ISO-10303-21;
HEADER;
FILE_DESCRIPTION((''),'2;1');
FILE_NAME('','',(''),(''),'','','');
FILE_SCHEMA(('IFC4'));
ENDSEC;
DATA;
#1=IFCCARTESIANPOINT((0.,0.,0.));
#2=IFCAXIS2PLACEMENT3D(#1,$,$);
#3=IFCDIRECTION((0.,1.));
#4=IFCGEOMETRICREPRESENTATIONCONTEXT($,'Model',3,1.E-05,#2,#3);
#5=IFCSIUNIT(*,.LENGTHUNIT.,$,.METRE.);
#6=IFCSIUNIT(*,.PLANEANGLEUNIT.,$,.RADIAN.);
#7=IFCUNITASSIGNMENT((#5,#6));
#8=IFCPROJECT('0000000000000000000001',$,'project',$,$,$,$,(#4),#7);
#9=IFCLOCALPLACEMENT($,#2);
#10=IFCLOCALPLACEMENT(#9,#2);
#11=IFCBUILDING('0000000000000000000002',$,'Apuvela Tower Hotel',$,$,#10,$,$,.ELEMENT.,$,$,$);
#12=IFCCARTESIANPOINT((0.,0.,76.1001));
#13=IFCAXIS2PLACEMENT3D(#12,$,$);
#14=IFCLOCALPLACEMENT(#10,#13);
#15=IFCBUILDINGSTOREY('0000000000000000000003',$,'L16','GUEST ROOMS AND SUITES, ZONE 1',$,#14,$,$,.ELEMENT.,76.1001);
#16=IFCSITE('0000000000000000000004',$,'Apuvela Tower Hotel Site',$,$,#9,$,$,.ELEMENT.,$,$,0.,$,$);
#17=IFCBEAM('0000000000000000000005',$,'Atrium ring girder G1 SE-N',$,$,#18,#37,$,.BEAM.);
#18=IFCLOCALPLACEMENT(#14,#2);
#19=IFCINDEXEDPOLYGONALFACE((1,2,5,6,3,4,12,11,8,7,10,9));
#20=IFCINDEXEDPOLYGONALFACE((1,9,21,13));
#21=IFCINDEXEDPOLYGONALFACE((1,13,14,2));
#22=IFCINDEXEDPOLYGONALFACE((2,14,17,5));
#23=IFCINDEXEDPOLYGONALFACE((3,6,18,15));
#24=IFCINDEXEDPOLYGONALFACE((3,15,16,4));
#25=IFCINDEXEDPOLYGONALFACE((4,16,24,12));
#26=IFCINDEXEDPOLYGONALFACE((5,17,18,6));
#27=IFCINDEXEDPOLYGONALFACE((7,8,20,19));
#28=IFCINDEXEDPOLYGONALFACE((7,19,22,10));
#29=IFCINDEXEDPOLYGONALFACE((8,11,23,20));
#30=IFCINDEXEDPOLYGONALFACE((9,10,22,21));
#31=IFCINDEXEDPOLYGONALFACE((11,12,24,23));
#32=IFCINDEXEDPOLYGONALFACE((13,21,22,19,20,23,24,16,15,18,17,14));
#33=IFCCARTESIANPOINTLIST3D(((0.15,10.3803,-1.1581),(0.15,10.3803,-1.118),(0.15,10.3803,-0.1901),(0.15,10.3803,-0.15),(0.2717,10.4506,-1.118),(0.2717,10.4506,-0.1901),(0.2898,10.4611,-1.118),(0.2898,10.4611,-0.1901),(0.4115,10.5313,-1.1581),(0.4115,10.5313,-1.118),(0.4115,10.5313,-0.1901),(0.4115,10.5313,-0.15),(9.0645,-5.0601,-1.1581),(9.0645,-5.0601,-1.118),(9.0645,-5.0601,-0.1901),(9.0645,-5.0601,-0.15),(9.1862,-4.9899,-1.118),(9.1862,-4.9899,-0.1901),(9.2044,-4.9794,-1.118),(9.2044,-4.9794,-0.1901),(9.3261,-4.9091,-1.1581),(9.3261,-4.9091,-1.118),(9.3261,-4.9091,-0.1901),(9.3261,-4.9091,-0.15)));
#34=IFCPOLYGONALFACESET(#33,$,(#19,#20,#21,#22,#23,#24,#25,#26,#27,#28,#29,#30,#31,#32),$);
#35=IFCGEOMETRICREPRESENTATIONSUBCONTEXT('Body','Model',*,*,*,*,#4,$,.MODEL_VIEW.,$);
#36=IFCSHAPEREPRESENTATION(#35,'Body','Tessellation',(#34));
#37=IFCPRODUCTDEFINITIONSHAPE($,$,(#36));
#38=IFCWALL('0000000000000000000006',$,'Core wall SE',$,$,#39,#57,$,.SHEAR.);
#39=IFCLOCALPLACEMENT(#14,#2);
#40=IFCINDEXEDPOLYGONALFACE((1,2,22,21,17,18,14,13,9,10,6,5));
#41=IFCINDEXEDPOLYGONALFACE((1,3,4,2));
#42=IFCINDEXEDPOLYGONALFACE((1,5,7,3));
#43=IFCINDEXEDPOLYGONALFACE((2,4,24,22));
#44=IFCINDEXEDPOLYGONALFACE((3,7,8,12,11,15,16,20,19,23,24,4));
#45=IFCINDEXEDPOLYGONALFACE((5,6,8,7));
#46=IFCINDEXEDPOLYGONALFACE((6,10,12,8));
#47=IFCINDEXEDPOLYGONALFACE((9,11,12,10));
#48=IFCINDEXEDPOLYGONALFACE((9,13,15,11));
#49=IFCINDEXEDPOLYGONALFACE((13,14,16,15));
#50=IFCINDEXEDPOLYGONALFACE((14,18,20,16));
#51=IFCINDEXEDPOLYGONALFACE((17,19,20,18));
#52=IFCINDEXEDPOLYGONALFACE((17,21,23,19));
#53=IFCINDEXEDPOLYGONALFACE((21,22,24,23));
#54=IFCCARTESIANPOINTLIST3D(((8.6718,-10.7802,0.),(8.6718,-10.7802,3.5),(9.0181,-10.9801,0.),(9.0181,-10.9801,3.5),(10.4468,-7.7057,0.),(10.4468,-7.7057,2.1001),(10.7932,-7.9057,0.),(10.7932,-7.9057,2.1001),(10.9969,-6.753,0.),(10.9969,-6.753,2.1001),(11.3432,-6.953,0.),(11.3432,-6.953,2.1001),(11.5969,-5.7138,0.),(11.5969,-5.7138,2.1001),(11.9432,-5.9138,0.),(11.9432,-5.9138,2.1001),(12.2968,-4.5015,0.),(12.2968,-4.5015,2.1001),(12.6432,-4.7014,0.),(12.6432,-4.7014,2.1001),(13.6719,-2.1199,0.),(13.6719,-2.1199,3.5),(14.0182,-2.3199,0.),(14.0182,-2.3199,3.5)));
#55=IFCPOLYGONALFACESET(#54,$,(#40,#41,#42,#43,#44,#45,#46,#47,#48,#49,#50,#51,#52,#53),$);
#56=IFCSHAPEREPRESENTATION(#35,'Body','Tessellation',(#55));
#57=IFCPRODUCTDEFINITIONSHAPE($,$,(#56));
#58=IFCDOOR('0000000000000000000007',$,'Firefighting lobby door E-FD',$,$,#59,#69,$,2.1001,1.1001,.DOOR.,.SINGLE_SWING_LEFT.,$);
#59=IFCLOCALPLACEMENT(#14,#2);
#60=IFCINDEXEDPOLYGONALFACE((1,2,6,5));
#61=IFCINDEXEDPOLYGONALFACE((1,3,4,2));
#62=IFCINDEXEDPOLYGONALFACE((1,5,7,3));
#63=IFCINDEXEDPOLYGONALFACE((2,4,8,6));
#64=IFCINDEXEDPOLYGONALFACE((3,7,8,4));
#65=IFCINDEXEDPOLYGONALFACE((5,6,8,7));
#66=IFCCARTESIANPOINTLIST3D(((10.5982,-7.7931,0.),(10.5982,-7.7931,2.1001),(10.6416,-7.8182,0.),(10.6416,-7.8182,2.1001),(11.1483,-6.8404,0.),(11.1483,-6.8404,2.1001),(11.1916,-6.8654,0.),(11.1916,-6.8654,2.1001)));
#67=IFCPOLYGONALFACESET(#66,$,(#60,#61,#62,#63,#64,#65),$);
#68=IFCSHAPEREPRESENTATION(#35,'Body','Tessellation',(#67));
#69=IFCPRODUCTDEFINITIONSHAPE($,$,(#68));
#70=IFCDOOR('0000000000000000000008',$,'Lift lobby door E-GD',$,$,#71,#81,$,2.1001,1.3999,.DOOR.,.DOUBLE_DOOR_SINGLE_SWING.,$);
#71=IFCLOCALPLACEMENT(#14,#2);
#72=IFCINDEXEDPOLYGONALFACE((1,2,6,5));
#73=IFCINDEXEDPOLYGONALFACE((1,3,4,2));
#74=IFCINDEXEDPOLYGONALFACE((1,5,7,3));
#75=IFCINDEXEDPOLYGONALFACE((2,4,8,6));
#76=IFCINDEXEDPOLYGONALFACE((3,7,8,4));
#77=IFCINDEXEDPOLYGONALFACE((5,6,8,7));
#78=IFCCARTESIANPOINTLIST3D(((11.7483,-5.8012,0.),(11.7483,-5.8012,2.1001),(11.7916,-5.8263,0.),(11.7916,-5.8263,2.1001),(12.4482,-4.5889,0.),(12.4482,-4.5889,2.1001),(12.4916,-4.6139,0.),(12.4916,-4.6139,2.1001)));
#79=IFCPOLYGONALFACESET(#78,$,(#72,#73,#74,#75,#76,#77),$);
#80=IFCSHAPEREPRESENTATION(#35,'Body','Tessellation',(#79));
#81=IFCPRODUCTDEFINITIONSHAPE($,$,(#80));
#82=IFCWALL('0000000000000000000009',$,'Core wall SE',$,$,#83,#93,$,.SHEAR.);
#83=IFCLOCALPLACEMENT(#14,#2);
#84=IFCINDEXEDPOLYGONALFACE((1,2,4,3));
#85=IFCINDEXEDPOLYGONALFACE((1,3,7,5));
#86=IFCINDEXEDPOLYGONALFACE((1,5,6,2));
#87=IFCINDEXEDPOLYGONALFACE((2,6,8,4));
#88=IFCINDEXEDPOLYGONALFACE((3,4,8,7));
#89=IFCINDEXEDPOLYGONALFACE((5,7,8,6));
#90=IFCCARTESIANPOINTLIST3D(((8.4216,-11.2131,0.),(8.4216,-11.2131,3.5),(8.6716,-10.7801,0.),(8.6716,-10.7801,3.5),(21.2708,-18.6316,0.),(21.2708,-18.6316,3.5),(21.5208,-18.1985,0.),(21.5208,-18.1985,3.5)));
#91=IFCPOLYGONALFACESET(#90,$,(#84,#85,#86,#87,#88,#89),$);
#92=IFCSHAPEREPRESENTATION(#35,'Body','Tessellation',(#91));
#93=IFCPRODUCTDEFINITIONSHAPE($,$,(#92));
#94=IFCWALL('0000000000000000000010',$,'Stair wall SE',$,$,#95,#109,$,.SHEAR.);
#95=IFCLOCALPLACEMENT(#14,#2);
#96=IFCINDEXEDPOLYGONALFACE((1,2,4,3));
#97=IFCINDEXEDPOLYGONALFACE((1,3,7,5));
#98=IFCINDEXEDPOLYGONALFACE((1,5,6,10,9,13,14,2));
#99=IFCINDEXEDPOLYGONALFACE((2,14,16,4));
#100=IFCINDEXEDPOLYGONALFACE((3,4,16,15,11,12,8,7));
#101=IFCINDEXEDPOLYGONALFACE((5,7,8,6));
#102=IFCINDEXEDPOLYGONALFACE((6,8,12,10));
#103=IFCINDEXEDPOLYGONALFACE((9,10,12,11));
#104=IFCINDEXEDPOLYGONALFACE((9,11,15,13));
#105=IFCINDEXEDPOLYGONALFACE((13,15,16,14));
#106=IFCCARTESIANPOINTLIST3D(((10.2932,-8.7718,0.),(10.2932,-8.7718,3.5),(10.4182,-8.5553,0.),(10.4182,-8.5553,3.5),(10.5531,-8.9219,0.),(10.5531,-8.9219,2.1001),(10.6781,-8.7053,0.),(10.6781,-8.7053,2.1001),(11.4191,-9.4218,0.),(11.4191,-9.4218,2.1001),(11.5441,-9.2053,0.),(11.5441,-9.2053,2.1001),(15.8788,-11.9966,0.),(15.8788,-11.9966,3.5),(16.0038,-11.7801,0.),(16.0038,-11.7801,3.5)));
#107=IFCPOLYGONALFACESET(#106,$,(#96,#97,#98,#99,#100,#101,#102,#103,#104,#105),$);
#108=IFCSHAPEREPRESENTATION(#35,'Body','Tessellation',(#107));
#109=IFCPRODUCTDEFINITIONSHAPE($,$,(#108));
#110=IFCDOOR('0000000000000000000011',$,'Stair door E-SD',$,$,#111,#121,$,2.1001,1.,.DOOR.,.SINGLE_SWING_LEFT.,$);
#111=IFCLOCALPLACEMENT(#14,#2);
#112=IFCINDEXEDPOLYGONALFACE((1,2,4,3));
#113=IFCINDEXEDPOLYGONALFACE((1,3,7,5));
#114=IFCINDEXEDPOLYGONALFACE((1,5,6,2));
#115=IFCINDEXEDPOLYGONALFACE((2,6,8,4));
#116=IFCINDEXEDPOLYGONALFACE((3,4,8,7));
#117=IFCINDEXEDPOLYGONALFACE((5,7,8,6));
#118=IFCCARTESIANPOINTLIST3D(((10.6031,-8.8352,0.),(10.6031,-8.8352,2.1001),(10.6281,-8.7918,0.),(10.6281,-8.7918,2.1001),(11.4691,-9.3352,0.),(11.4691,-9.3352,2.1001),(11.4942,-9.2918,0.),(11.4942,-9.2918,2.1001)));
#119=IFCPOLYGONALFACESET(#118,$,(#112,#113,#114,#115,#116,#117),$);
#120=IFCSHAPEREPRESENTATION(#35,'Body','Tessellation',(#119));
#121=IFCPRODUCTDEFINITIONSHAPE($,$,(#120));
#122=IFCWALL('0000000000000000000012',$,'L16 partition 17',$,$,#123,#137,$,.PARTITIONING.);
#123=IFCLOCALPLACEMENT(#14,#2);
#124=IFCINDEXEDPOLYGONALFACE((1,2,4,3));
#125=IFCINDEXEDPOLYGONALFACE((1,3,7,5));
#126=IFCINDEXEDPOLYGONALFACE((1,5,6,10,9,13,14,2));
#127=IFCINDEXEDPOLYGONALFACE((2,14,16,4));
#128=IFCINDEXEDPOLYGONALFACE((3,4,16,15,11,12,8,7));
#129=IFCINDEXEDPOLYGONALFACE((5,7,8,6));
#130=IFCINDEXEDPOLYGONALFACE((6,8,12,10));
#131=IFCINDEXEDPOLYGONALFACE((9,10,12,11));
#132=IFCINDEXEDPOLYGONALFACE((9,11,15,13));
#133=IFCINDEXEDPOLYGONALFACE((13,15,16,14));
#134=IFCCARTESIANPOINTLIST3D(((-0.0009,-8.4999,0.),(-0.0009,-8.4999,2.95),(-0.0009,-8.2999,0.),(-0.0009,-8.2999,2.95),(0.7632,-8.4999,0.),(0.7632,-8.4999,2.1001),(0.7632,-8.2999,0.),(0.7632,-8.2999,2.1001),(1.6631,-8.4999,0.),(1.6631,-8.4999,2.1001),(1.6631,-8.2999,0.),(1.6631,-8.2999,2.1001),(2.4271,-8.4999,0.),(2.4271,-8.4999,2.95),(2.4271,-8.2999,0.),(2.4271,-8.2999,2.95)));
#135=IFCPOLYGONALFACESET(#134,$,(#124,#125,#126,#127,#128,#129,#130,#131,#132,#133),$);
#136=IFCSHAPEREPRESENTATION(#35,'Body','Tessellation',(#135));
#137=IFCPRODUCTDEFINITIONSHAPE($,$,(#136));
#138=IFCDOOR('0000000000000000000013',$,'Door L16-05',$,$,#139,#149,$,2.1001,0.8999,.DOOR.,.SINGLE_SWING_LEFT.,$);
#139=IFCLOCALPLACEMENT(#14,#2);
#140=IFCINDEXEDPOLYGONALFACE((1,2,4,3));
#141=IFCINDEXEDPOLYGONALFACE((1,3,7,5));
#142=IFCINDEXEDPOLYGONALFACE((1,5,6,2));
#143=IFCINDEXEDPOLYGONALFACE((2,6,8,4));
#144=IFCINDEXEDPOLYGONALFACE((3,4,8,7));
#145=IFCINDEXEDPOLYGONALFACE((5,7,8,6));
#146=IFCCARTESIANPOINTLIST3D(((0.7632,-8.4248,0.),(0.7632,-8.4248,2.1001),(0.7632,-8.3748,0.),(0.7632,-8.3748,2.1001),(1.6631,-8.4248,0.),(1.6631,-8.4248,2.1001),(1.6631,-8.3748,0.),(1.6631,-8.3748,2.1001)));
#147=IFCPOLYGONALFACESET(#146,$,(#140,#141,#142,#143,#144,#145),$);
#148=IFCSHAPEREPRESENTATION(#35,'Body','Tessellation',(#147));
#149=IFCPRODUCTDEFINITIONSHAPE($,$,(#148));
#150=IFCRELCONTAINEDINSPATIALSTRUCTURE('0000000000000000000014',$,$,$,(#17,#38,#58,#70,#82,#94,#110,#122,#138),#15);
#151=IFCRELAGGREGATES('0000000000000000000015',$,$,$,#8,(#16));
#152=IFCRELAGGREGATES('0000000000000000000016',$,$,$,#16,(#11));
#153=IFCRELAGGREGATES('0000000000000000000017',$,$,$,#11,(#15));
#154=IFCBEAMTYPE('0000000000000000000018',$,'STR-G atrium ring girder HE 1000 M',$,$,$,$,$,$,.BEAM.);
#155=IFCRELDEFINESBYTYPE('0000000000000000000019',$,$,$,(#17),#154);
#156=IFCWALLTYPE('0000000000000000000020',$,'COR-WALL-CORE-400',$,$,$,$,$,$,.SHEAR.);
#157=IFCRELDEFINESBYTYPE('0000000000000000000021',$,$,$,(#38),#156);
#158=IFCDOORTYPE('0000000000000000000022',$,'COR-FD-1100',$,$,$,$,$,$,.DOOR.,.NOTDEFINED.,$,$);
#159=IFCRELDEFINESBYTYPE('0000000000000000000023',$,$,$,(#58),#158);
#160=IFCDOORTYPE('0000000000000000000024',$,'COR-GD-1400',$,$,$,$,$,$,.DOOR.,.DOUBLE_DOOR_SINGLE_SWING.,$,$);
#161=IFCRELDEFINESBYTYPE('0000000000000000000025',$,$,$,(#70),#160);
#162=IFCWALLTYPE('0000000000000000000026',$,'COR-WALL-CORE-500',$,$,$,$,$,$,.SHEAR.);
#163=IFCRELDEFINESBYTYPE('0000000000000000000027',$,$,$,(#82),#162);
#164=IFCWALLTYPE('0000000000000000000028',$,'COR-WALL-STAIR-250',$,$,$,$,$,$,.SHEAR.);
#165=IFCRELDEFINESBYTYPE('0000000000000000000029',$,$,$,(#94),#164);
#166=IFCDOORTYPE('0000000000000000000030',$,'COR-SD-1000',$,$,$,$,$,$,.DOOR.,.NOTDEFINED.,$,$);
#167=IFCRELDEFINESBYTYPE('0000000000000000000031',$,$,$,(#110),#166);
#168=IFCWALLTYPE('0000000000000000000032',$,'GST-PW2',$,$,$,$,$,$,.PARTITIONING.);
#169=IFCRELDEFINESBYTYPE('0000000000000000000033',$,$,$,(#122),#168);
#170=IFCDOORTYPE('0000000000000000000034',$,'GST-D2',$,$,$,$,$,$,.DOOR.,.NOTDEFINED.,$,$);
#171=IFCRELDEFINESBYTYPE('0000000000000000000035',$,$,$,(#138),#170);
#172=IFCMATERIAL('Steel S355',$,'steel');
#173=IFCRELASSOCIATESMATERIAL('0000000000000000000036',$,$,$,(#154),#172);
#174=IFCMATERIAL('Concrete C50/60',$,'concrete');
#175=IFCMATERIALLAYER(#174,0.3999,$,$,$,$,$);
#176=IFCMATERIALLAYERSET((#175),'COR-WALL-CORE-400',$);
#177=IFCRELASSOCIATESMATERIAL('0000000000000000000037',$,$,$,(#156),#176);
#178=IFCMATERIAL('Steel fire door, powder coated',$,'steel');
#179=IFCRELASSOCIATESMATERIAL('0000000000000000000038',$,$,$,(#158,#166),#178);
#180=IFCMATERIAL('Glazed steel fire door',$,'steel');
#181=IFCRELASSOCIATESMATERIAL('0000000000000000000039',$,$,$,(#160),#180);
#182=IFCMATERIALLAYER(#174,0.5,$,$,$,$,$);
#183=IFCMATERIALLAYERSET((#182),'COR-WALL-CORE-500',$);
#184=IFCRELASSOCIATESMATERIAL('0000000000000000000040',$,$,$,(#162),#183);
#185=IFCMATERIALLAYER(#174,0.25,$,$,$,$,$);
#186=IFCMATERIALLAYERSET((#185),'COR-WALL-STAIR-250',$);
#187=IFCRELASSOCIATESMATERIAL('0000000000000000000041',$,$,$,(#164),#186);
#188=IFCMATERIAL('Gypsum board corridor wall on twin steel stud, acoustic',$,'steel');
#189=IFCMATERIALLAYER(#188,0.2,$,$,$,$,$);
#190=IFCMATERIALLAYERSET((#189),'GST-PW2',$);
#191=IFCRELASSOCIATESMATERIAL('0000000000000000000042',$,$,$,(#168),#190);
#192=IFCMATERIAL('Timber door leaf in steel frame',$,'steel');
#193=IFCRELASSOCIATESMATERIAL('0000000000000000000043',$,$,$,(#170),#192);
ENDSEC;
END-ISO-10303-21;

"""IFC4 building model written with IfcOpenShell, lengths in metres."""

from ifc_helpers import new_model, si_unit, direction, frame, frame_2d, origin, origin_2d, place, context, subcontext, project, spatial, rectangle, i_section, extrude, material, layer, layer_set, material_profile, profile_set, type_object, element, fill, save


model = new_model("IFC4")

# Units and contexts
model_context = context("Model", 3, precision=1e-05, world=origin(), true_north=direction((0.0, 1.0)))
body_context = subcontext(model_context, "Body", "Model", "MODEL_VIEW")
ifc_project = project(units=[si_unit("LENGTHUNIT", "METRE"), si_unit("PLANEANGLEUNIT", "RADIAN")], contexts=[model_context])

# Site, building, storey
site_placement = place(None, origin())
site = spatial("IfcSite", under=ifc_project, at=site_placement, Name="Apuvela Tower Hotel Site", CompositionType="ELEMENT", RefElevation=0.0)
building_placement = place(site_placement, origin())
building = spatial("IfcBuilding", under=site, at=building_placement, Name="Apuvela Tower Hotel", CompositionType="ELEMENT")
storey_placement = place(building_placement, frame((0.0, 0.0, 76.1001)))
storey = spatial("IfcBuildingStorey", under=building, at=storey_placement, Name="L16", Description="GUEST ROOMS AND SUITES, ZONE 1", CompositionType="ELEMENT", Elevation=76.1001)

# Beam
ifc_material_1 = material(Name="Steel S355", Category="steel")
ifc_material_profile = material_profile(ifc_material_1, i_section(OverallWidth=0.302, OverallDepth=1.0081, WebThickness=0.021, FlangeThickness=0.04, at=origin_2d()), Name="HE 1000 M")
ifc_profile_set = profile_set([ifc_material_profile], Name="Steel S355")
beam_type = type_object("IfcBeamType", Name="STR-G atrium ring girder HE 1000 M", PredefinedType="BEAM", material=ifc_profile_set)
beam_placement = place(storey_placement, frame((9.1953, -4.9846, -0.6541), z_axis=(-0.500001, 0.866025, 0.0), x_axis=(-0.866025, -0.500001, 0.0)))
element("IfcBeam", 1, at=beam_placement, inside=storey, type_object=beam_type, Name="Atrium ring girder G1 SE-N", PredefinedType="BEAM", context=body_context, shape_type="SweptSolid", body=[
    extrude(i_section(OverallWidth=0.302, OverallDepth=1.0081, WebThickness=0.021, FlangeThickness=0.04, at=origin_2d()), origin(), (0.0, 0.0, 1.0), 17.8291),
])

# Wall, openings, doors
ifc_material_2 = material(Name="Concrete C50/60", Category="concrete")
ifc_layer_1 = layer(ifc_material_2, 0.3999)
ifc_layer_set_1 = layer_set([ifc_layer_1], Name="COR-WALL-CORE-400")
wall_type_1 = type_object("IfcWallType", Name="COR-WALL-CORE-400", PredefinedType="SHEAR", material=ifc_layer_set_1)
wall_1_placement = place(storey_placement, frame((8.845, -10.8801, 0.0), z_axis=(0.0, 0.0, 1.0), x_axis=(0.500004, 0.866023, 0.0)))
wall_1 = element("IfcWall", 2, at=wall_1_placement, inside=storey, type_object=wall_type_1, Name="Core wall SE", PredefinedType="SHEAR", context=body_context, shape_type="SweptSolid", body=[
    extrude(rectangle(XDim=10.0, YDim=0.3999, at=frame_2d((5.0, 0.0))), origin(), (0.0, 0.0, 1.0), 3.5),
])
opening_1_placement = place(wall_1_placement, frame((3.55, 0.0, 0.0)))
opening_1 = element("IfcOpeningElement", 3, at=opening_1_placement, cuts=wall_1, PredefinedType="OPENING", context=body_context, shape_type="SweptSolid", body=[
    extrude(rectangle(XDim=1.1001, YDim=2.1001, at=frame_2d((0.55, 1.05))), frame((0.0, 0.21, 0.0), z_axis=(0.0, -1.0, 0.0), x_axis=(1.0, 0.0, 0.0)), (0.0, 0.0, 1.0), 0.4199),
])
opening_2_placement = place(wall_1_placement, frame((5.8501, 0.0, 0.0)))
opening_2 = element("IfcOpeningElement", 4, at=opening_2_placement, cuts=wall_1, PredefinedType="OPENING", context=body_context, shape_type="SweptSolid", body=[
    extrude(rectangle(XDim=1.3999, YDim=2.1001, at=frame_2d((0.7, 1.05))), frame((0.0, 0.21, 0.0), z_axis=(0.0, -1.0, 0.0), x_axis=(1.0, 0.0, 0.0)), (0.0, 0.0, 1.0), 0.4199),
])
ifc_material_3 = material(Name="Steel fire door, powder coated", Category="steel")
door_type_1 = type_object("IfcDoorType", Name="COR-FD-1100", OperationType="NOTDEFINED", PredefinedType="DOOR", material=ifc_material_3)
door_1_placement = place(opening_1_placement, frame((1.1001, 0.0, 0.0), z_axis=(0.0, 0.0, 1.0), x_axis=(-1.0, 0.0, 0.0)))
door_1 = element("IfcDoor", 5, at=door_1_placement, inside=storey, type_object=door_type_1, Name="Firefighting lobby door E-FD", OperationType="SINGLE_SWING_LEFT", OverallHeight=2.1001, OverallWidth=1.1001, PredefinedType="DOOR", context=body_context, shape_type="SweptSolid", body=[
    extrude(rectangle(XDim=1.1001, YDim=2.1001, at=frame_2d((0.55, 1.05))), frame((0.0, 0.0249, 0.0), z_axis=(0.0, -1.0, 0.0), x_axis=(1.0, 0.0, 0.0)), (0.0, 0.0, 1.0), 0.05),
])
fill(opening_1, door_1)
ifc_material_4 = material(Name="Glazed steel fire door", Category="steel")
door_type_2 = type_object("IfcDoorType", Name="COR-GD-1400", OperationType="DOUBLE_DOOR_SINGLE_SWING", PredefinedType="DOOR", material=ifc_material_4)
door_2_placement = place(opening_2_placement, frame((1.3999, 0.0, 0.0), z_axis=(0.0, 0.0, 1.0), x_axis=(-1.0, 0.0, 0.0)))
door_2 = element("IfcDoor", 6, at=door_2_placement, inside=storey, type_object=door_type_2, Name="Lift lobby door E-GD", OperationType="DOUBLE_DOOR_SINGLE_SWING", OverallHeight=2.1001, OverallWidth=1.3999, PredefinedType="DOOR", context=body_context, shape_type="SweptSolid", body=[
    extrude(rectangle(XDim=1.3999, YDim=2.1001, at=frame_2d((0.7, 1.05))), frame((0.0, 0.0249, 0.0), z_axis=(0.0, -1.0, 0.0), x_axis=(1.0, 0.0, 0.0)), (0.0, 0.0, 1.0), 0.05),
])
fill(opening_2, door_2)

# Wall
ifc_layer_2 = layer(ifc_material_2, 0.5)
ifc_layer_set_2 = layer_set([ifc_layer_2], Name="COR-WALL-CORE-500")
wall_type_2 = type_object("IfcWallType", Name="COR-WALL-CORE-500", PredefinedType="SHEAR", material=ifc_layer_set_2)
wall_2_placement = place(storey_placement, frame((8.5466, -10.9966, 0.0), z_axis=(0.0, 0.0, 1.0), x_axis=(0.866025, -0.500001, 0.0)))
element("IfcWall", 7, at=wall_2_placement, inside=storey, type_object=wall_type_2, Name="Core wall SE", PredefinedType="SHEAR", context=body_context, shape_type="SweptSolid", body=[
    extrude(rectangle(XDim=14.8369, YDim=0.5, at=frame_2d((7.4185, 0.0))), origin(), (0.0, 0.0, 1.0), 3.5),
])

# Walls, openings, doors
ifc_layer_3 = layer(ifc_material_2, 0.25)
ifc_layer_set_3 = layer_set([ifc_layer_3], Name="COR-WALL-STAIR-250")
wall_type_3 = type_object("IfcWallType", Name="COR-WALL-STAIR-250", PredefinedType="SHEAR", material=ifc_layer_set_3)
wall_3_placement = place(storey_placement, frame((10.3557, -8.6636, 0.0), z_axis=(0.0, 0.0, 1.0), x_axis=(0.866029, -0.499994, 0.0)))
wall_3 = element("IfcWall", 8, at=wall_3_placement, inside=storey, type_object=wall_type_3, Name="Stair wall SE", PredefinedType="SHEAR", context=body_context, shape_type="SweptSolid", body=[
    extrude(rectangle(XDim=6.4497, YDim=0.25, at=frame_2d((3.2249, 0.0))), origin(), (0.0, 0.0, 1.0), 3.5),
])
opening_3_placement = place(wall_3_placement, frame((0.3, 0.0, 0.0)))
opening_3 = element("IfcOpeningElement", 9, at=opening_3_placement, cuts=wall_3, PredefinedType="OPENING", context=body_context, shape_type="SweptSolid", body=[
    extrude(rectangle(XDim=1.0, YDim=2.1001, at=frame_2d((0.5, 1.05))), frame((0.0, 0.135, 0.0), z_axis=(0.0, -1.0, 0.0), x_axis=(1.0, 0.0, 0.0)), (0.0, 0.0, 1.0), 0.27),
])
door_type_3 = type_object("IfcDoorType", Name="COR-SD-1000", OperationType="NOTDEFINED", PredefinedType="DOOR", material=ifc_material_3)
door_3_placement = place(opening_3_placement, frame((1.0, 0.0, 0.0), z_axis=(0.0, 0.0, 1.0), x_axis=(-1.0, 0.0, 0.0)))
door_3 = element("IfcDoor", 10, at=door_3_placement, inside=storey, type_object=door_type_3, Name="Stair door E-SD", OperationType="SINGLE_SWING_LEFT", OverallHeight=2.1001, OverallWidth=1.0, PredefinedType="DOOR", context=body_context, shape_type="SweptSolid", body=[
    extrude(rectangle(XDim=1.0, YDim=2.1001, at=frame_2d((0.5, 1.05))), frame((0.0, 0.0249, 0.0), z_axis=(0.0, -1.0, 0.0), x_axis=(1.0, 0.0, 0.0)), (0.0, 0.0, 1.0), 0.05),
])
fill(opening_3, door_3)
ifc_material_5 = material(Name="Gypsum board corridor wall on twin steel stud, acoustic", Category="steel")
ifc_layer_4 = layer(ifc_material_5, 0.2)
ifc_layer_set_4 = layer_set([ifc_layer_4], Name="GST-PW2")
wall_type_4 = type_object("IfcWallType", Name="GST-PW2", PredefinedType="PARTITIONING", material=ifc_layer_set_4)
wall_4_placement = place(storey_placement, frame((2.427, -8.3999, 0.0), z_axis=(0.0, 0.0, 1.0), x_axis=(-1.0, 0.0, 0.0)))
wall_4 = element("IfcWall", 11, at=wall_4_placement, inside=storey, type_object=wall_type_4, Name="L16 partition 17", PredefinedType="PARTITIONING", context=body_context, shape_type="SweptSolid", body=[
    extrude(rectangle(XDim=2.428, YDim=0.2, at=frame_2d((1.2139, 0.0))), origin(), (0.0, 0.0, 1.0), 2.95),
])
opening_4_placement = place(wall_4_placement, frame((0.7639, 0.0, 0.0)))
opening_4 = element("IfcOpeningElement", 12, at=opening_4_placement, cuts=wall_4, PredefinedType="OPENING", context=body_context, shape_type="SweptSolid", body=[
    extrude(rectangle(XDim=0.8999, YDim=2.1001, at=frame_2d((0.45, 1.05))), frame((0.0, 0.1099, 0.0), z_axis=(0.0, -1.0, 0.0), x_axis=(1.0, 0.0, 0.0)), (0.0, 0.0, 1.0), 0.22),
])
ifc_material_6 = material(Name="Timber door leaf in steel frame", Category="steel")
door_type_4 = type_object("IfcDoorType", Name="GST-D2", OperationType="NOTDEFINED", PredefinedType="DOOR", material=ifc_material_6)
door_4_placement = place(opening_4_placement, origin())
door_4 = element("IfcDoor", 13, at=door_4_placement, inside=storey, type_object=door_type_4, Name="Door L16-05", OperationType="SINGLE_SWING_LEFT", OverallHeight=2.1001, OverallWidth=0.8999, PredefinedType="DOOR", context=body_context, shape_type="SweptSolid", body=[
    extrude(rectangle(XDim=0.8999, YDim=2.1001, at=frame_2d((0.45, 1.05))), frame((0.0, 0.0249, 0.0), z_axis=(0.0, -1.0, 0.0), x_axis=(1.0, 0.0, 0.0)), (0.0, 0.0, 1.0), 0.05),
])
fill(opening_4, door_4)

save(model, "model.ifc")
